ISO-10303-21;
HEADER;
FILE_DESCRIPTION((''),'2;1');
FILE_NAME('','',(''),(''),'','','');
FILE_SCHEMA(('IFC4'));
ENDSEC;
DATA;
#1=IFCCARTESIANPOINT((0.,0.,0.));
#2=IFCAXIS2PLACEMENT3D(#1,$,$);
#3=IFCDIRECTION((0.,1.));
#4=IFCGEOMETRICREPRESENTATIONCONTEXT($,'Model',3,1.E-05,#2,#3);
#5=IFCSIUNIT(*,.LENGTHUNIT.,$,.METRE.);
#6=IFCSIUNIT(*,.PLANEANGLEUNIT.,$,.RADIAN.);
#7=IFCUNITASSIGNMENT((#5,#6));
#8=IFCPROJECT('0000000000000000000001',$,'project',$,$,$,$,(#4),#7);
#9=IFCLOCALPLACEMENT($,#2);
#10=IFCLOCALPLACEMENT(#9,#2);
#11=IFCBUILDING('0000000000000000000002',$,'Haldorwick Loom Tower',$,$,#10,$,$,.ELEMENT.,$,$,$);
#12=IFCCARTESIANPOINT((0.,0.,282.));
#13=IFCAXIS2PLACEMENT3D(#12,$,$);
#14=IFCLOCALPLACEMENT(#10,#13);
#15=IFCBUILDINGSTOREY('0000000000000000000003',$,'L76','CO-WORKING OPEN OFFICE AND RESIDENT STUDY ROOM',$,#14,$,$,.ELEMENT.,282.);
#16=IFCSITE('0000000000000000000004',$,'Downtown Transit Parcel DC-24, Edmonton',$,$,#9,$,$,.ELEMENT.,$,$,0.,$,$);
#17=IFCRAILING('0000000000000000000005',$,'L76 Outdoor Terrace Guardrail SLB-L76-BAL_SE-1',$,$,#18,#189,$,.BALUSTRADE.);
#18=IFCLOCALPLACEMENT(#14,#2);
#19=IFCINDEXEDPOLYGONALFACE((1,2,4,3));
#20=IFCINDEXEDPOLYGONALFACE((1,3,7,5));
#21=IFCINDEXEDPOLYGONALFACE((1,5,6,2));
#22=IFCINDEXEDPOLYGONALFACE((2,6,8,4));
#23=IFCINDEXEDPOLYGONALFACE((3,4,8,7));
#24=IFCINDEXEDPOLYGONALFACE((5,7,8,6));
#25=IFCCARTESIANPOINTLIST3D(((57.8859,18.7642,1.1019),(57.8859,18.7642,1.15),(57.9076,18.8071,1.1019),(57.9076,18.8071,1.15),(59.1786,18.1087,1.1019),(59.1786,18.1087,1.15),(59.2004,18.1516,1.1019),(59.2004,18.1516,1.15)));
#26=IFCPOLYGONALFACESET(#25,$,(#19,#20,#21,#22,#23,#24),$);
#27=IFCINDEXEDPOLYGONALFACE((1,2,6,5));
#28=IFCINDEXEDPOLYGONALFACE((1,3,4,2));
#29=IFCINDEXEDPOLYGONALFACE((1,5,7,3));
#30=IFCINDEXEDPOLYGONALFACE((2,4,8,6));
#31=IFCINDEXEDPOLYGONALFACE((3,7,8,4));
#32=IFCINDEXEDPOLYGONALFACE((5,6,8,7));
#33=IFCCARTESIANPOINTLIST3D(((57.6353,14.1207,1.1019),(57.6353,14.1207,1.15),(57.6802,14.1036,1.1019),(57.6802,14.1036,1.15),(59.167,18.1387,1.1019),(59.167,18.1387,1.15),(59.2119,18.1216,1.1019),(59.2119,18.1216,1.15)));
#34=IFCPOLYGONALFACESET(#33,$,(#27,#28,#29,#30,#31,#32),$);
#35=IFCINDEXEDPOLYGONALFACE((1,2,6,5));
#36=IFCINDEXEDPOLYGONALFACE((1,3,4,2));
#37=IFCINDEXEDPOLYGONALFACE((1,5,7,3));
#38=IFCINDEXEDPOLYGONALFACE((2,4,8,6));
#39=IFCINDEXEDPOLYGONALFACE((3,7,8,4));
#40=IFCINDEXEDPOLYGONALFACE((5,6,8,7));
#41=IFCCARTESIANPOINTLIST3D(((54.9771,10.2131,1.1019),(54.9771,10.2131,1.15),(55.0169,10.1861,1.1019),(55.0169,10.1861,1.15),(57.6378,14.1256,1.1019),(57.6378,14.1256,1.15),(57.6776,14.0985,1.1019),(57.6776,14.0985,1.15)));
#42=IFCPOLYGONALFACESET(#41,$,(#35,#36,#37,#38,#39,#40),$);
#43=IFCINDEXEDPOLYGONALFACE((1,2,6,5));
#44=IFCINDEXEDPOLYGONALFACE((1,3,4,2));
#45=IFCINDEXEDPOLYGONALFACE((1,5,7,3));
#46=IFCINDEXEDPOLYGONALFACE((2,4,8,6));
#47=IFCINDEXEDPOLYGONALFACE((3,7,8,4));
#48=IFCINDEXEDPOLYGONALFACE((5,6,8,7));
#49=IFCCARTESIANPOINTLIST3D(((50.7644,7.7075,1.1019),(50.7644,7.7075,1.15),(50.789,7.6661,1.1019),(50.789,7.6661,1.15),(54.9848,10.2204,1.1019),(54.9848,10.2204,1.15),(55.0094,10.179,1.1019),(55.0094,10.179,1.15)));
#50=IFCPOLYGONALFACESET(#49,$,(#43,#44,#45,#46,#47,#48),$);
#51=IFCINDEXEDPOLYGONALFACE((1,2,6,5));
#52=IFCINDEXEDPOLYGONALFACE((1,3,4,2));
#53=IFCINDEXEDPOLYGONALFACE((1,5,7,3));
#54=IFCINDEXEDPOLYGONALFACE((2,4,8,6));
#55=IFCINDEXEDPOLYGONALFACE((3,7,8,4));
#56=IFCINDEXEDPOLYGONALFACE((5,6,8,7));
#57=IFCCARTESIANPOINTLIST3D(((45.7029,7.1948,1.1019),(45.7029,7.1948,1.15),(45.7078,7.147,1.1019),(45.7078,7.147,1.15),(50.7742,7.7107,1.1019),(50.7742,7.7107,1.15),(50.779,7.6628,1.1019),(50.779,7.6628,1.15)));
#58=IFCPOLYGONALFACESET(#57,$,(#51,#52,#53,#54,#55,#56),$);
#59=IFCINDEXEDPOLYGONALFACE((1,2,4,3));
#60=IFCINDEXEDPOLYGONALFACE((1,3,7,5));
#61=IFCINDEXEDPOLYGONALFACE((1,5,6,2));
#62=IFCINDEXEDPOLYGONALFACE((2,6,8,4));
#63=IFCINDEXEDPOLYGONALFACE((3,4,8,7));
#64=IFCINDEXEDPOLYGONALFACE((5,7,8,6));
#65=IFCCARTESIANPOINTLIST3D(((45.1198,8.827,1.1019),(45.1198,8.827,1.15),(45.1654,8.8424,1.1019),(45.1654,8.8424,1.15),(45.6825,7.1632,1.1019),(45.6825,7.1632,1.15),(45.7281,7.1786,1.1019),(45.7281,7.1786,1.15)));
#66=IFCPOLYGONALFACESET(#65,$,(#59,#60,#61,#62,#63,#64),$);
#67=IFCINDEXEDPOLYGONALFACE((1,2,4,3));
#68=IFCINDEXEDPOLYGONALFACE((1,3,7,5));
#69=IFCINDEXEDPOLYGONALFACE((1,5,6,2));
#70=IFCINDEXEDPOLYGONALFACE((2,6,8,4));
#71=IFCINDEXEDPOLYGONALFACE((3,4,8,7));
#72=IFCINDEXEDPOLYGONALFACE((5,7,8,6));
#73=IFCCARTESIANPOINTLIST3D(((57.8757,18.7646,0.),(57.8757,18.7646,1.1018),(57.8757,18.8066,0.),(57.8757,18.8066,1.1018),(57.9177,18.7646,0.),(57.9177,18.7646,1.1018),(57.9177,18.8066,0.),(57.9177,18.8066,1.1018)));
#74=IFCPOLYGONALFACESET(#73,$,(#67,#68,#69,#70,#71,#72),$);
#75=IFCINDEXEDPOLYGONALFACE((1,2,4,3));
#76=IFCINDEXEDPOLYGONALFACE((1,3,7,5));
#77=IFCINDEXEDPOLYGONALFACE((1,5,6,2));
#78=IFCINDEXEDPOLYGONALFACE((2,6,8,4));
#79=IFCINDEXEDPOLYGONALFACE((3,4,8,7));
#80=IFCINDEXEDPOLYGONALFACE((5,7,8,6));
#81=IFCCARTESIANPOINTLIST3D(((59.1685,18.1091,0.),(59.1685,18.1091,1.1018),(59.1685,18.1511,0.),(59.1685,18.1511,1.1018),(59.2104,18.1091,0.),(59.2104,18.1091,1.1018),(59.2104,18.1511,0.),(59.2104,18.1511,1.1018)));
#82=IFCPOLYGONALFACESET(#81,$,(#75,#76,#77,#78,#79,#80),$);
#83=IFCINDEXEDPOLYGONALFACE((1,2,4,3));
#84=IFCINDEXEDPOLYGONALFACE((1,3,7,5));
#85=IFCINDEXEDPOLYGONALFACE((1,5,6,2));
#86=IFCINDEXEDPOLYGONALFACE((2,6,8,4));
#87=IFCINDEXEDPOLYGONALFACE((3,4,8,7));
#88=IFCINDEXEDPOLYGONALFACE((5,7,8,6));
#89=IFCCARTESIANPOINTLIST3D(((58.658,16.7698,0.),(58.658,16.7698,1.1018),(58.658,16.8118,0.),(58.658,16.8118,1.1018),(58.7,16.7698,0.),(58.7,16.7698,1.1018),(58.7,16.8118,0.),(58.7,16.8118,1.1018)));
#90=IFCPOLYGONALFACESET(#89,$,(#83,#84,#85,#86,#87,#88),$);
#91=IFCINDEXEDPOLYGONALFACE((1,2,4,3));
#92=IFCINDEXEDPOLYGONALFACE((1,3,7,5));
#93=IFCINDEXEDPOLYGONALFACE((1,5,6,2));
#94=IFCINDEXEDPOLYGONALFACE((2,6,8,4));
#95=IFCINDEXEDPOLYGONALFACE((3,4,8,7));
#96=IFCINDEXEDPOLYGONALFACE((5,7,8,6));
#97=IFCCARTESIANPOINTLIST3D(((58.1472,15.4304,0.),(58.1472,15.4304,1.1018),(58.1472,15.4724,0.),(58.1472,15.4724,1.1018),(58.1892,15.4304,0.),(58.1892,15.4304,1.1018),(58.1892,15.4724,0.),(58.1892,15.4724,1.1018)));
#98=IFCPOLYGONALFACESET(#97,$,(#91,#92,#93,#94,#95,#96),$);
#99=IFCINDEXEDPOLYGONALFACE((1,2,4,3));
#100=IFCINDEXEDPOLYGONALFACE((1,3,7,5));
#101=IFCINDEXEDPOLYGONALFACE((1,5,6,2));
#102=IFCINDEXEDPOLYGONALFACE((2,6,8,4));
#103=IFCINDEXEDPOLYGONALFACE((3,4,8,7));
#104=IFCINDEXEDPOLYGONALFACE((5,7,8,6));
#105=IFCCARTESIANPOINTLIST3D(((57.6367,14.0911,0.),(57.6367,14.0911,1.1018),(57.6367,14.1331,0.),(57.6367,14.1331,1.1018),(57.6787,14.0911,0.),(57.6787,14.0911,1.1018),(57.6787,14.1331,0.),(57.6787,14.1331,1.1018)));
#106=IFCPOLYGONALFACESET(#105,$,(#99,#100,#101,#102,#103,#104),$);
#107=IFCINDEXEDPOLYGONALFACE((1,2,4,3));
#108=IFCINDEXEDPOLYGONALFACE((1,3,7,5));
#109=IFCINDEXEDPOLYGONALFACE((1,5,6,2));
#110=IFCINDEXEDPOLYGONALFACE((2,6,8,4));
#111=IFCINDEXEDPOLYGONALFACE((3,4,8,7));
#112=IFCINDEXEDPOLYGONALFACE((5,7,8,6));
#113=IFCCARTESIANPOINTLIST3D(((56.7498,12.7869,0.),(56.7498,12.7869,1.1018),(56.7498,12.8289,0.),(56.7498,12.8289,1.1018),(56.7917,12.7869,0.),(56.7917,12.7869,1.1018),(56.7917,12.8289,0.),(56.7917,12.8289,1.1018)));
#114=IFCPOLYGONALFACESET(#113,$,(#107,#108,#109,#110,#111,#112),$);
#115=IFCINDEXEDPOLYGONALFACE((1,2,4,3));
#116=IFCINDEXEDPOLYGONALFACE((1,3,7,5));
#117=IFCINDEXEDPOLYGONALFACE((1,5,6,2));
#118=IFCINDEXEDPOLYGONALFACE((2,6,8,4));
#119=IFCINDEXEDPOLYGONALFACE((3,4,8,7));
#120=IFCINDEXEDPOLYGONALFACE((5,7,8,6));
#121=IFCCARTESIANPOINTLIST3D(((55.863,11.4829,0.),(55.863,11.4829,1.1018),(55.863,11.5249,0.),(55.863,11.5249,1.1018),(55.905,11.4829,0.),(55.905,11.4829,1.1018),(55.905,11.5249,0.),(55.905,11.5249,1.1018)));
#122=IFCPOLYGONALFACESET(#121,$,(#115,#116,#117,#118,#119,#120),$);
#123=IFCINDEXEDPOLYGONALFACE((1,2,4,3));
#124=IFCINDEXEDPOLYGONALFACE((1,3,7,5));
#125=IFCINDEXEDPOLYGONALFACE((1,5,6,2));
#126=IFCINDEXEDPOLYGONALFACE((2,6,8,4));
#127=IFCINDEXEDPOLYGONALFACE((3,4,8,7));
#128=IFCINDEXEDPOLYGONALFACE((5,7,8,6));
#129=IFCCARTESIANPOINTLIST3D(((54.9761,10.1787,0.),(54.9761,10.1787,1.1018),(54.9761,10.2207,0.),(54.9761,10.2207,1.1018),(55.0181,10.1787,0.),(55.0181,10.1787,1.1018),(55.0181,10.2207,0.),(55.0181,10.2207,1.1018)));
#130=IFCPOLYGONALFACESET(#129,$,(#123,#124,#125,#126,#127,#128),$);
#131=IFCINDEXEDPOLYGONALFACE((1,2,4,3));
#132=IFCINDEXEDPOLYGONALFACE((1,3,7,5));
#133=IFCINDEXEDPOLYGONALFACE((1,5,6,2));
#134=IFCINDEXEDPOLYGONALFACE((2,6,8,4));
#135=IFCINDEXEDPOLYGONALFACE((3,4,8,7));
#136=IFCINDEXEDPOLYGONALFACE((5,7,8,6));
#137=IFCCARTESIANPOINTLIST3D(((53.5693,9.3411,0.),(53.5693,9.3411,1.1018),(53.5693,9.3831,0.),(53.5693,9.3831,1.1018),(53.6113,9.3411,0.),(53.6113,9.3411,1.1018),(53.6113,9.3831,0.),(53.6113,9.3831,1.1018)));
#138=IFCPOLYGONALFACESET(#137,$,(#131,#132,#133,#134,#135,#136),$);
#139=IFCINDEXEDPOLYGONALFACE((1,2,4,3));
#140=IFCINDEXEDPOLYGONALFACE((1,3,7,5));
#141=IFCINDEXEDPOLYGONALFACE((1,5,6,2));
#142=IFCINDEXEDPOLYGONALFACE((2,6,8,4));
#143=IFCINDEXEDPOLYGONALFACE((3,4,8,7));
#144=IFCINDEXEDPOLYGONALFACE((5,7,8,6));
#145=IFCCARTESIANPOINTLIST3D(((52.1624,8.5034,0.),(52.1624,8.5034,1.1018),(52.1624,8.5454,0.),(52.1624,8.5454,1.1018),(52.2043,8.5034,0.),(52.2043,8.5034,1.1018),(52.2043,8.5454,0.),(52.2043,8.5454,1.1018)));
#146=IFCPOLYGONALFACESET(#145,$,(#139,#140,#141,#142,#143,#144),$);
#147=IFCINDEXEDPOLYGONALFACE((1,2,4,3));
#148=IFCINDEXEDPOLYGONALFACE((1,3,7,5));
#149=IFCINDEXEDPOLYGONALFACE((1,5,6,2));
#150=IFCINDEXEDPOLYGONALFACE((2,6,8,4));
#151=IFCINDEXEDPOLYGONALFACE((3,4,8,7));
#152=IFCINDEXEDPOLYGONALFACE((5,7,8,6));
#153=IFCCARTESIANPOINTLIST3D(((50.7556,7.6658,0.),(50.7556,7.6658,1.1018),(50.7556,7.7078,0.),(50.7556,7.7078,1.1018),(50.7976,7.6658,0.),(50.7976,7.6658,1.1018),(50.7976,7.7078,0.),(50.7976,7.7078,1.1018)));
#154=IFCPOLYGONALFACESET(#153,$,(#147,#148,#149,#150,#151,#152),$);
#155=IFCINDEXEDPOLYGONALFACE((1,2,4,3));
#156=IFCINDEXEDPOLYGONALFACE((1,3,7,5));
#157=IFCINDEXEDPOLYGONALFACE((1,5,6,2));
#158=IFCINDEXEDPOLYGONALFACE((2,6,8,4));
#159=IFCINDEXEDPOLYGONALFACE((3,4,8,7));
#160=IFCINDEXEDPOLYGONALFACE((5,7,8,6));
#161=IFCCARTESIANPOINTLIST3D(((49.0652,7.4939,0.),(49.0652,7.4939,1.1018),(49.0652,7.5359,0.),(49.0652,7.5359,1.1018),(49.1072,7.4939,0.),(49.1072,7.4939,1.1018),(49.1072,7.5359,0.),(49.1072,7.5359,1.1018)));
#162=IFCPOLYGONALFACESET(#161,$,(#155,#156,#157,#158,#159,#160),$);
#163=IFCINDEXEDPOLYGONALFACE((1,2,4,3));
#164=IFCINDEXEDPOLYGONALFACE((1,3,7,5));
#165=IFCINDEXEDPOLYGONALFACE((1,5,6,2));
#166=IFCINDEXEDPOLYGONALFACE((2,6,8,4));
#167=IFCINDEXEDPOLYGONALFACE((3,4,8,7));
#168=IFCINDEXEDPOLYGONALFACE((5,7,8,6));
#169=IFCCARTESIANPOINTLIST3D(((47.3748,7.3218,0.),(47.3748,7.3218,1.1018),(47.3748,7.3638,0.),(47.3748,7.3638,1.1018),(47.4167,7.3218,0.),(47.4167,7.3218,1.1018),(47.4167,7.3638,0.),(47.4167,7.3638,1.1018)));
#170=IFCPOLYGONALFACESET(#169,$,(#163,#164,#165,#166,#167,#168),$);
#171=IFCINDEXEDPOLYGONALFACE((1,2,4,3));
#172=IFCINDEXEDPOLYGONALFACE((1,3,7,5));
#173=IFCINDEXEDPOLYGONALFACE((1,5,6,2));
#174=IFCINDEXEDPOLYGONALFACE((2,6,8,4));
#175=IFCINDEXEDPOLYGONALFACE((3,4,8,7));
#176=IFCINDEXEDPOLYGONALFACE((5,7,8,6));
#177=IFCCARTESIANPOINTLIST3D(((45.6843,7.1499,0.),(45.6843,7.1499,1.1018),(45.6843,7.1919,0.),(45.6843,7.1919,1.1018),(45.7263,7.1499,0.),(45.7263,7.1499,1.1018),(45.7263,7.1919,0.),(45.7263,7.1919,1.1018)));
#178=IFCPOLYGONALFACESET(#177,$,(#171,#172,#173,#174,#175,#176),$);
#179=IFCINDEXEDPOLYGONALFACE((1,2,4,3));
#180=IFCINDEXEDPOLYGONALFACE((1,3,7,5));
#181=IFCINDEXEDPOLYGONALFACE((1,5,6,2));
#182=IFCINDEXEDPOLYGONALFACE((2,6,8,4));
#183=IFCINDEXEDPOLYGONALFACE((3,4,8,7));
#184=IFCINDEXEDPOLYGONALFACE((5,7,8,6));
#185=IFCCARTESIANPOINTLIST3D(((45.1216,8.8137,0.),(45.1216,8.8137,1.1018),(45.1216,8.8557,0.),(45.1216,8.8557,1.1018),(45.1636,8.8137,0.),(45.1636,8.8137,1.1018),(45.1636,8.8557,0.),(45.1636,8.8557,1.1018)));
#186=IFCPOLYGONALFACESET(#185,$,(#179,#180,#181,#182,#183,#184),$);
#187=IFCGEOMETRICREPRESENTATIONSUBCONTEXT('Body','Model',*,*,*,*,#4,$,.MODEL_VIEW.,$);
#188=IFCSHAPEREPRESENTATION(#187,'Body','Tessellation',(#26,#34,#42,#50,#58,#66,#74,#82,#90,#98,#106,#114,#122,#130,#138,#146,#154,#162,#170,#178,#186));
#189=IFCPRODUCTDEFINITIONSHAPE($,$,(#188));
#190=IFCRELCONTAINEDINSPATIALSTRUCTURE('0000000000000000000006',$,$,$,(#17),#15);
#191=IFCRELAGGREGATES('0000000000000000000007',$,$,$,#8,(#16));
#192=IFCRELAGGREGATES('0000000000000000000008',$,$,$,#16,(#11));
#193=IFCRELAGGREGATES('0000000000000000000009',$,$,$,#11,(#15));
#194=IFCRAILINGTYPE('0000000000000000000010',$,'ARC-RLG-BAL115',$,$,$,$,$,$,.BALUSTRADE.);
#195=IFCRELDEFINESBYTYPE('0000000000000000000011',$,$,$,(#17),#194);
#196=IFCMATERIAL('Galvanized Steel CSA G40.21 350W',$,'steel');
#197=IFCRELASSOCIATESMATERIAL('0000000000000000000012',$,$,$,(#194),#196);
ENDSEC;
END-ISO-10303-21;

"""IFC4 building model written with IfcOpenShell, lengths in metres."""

from ifc_helpers import new_model, si_unit, direction, frame, origin, origin_2d, place, context, subcontext, project, spatial, rectangle, extrude, material, type_object, element, save


model = new_model("IFC4")

# Units and contexts
model_context = context("Model", 3, precision=1e-05, world=origin(), true_north=direction((0.0, 1.0)))
body_context = subcontext(model_context, "Body", "Model", "MODEL_VIEW")
ifc_project = project(units=[si_unit("LENGTHUNIT", "METRE"), si_unit("PLANEANGLEUNIT", "RADIAN")], contexts=[model_context])

# Site, building, storey
site_placement = place(None, origin())
site = spatial("IfcSite", under=ifc_project, at=site_placement, Name="Downtown Transit Parcel DC-24, Edmonton", CompositionType="ELEMENT", RefElevation=0.0)
building_placement = place(site_placement, origin())
building = spatial("IfcBuilding", under=site, at=building_placement, Name="Haldorwick Loom Tower", CompositionType="ELEMENT")
storey_placement = place(building_placement, frame((0.0, 0.0, 282.0)))
storey = spatial("IfcBuildingStorey", under=building, at=storey_placement, Name="L76", Description="CO-WORKING OPEN OFFICE AND RESIDENT STUDY ROOM", CompositionType="ELEMENT", Elevation=282.0)

# Railing
ifc_material_1 = material(Name="Galvanized Steel CSA G40.21 350W", Category="steel")
railing_type = type_object("IfcRailingType", Name="ARC-RLG-BAL115", PredefinedType="BALUSTRADE", material=ifc_material_1)
railing_placement = place(storey_placement, frame((57.8967, 18.7856, 0.0)))
element("IfcRailing", 1, at=railing_placement, inside=storey, type_object=railing_type, Name="L76 Outdoor Terrace Guardrail SLB-L76-BAL_SE-1", PredefinedType="BALUSTRADE", context=body_context, shape_type="SweptSolid", body=[
    extrude(rectangle(XDim=0.0481, YDim=0.0481, at=origin_2d()), frame((0.0, 0.0, 1.126), z_axis=(0.891886, -0.45226, 0.0), x_axis=(0.45226, 0.891886, 0.0)), (0.0, 0.0, 1.0), 1.4495),
    extrude(rectangle(XDim=0.0481, YDim=0.0481, at=origin_2d()), frame((1.2927, -0.6555, 1.126), z_axis=(-0.356208, -0.934407, 0.0), x_axis=(0.934407, -0.356208, 0.0)), (0.0, 0.0, 1.0), 4.3),
    extrude(rectangle(XDim=0.0481, YDim=0.0481, at=origin_2d()), frame((-0.239, -4.6736, 1.126), z_axis=(-0.562345, -0.826903, 0.0), x_axis=(0.826903, -0.562345, 0.0)), (0.0, 0.0, 1.0), 4.7314),
    extrude(rectangle(XDim=0.0481, YDim=0.0481, at=origin_2d()), frame((-2.8997, -8.5859, 1.126), z_axis=(-0.859225, -0.511598, 0.0), x_axis=(0.511598, -0.859225, 0.0)), (0.0, 0.0, 1.0), 4.9119),
    extrude(rectangle(XDim=0.0481, YDim=0.0481, at=origin_2d()), frame((-7.1201, -11.0989, 1.126), z_axis=(-0.994866, -0.101201, 0.0), x_axis=(0.101201, -0.994866, 0.0)), (0.0, 0.0, 1.0), 5.0974),
    extrude(rectangle(XDim=0.0481, YDim=0.0481, at=origin_2d()), frame((-12.1914, -11.6147, 1.126), z_axis=(-0.320395, 0.947284, 0.0), x_axis=(-0.947284, -0.320395, 0.0)), (0.0, 0.0, 1.0), 1.7563),
    extrude(rectangle(XDim=0.042, YDim=0.042, at=origin_2d()), origin(), (0.0, 0.0, 1.0), 1.1018),
    extrude(rectangle(XDim=0.042, YDim=0.042, at=origin_2d()), frame((1.2927, -0.6555, 0.0)), (0.0, 0.0, 1.0), 1.1018),
    extrude(rectangle(XDim=0.042, YDim=0.042, at=origin_2d()), frame((0.7822, -1.9949, 0.0)), (0.0, 0.0, 1.0), 1.1018),
    extrude(rectangle(XDim=0.042, YDim=0.042, at=origin_2d()), frame((0.2715, -3.3342, 0.0)), (0.0, 0.0, 1.0), 1.1018),
    extrude(rectangle(XDim=0.042, YDim=0.042, at=origin_2d()), frame((-0.239, -4.6736, 0.0)), (0.0, 0.0, 1.0), 1.1018),
    extrude(rectangle(XDim=0.042, YDim=0.042, at=origin_2d()), frame((-1.126, -5.9778, 0.0)), (0.0, 0.0, 1.0), 1.1018),
    extrude(rectangle(XDim=0.042, YDim=0.042, at=origin_2d()), frame((-2.0127, -7.2817, 0.0)), (0.0, 0.0, 1.0), 1.1018),
    extrude(rectangle(XDim=0.042, YDim=0.042, at=origin_2d()), frame((-2.8997, -8.5859, 0.0)), (0.0, 0.0, 1.0), 1.1018),
    extrude(rectangle(XDim=0.042, YDim=0.042, at=origin_2d()), frame((-4.3064, -9.4236, 0.0)), (0.0, 0.0, 1.0), 1.1018),
    extrude(rectangle(XDim=0.042, YDim=0.042, at=origin_2d()), frame((-5.7134, -10.2612, 0.0)), (0.0, 0.0, 1.0), 1.1018),
    extrude(rectangle(XDim=0.042, YDim=0.042, at=origin_2d()), frame((-7.1201, -11.0989, 0.0)), (0.0, 0.0, 1.0), 1.1018),
    extrude(rectangle(XDim=0.042, YDim=0.042, at=origin_2d()), frame((-8.8105, -11.2708, 0.0)), (0.0, 0.0, 1.0), 1.1018),
    extrude(rectangle(XDim=0.042, YDim=0.042, at=origin_2d()), frame((-10.501, -11.4429, 0.0)), (0.0, 0.0, 1.0), 1.1018),
    extrude(rectangle(XDim=0.042, YDim=0.042, at=origin_2d()), frame((-12.1914, -11.6147, 0.0)), (0.0, 0.0, 1.0), 1.1018),
    extrude(rectangle(XDim=0.042, YDim=0.042, at=origin_2d()), frame((-12.7542, -9.9509, 0.0)), (0.0, 0.0, 1.0), 1.1018),
])

save(model, "model.ifc")
